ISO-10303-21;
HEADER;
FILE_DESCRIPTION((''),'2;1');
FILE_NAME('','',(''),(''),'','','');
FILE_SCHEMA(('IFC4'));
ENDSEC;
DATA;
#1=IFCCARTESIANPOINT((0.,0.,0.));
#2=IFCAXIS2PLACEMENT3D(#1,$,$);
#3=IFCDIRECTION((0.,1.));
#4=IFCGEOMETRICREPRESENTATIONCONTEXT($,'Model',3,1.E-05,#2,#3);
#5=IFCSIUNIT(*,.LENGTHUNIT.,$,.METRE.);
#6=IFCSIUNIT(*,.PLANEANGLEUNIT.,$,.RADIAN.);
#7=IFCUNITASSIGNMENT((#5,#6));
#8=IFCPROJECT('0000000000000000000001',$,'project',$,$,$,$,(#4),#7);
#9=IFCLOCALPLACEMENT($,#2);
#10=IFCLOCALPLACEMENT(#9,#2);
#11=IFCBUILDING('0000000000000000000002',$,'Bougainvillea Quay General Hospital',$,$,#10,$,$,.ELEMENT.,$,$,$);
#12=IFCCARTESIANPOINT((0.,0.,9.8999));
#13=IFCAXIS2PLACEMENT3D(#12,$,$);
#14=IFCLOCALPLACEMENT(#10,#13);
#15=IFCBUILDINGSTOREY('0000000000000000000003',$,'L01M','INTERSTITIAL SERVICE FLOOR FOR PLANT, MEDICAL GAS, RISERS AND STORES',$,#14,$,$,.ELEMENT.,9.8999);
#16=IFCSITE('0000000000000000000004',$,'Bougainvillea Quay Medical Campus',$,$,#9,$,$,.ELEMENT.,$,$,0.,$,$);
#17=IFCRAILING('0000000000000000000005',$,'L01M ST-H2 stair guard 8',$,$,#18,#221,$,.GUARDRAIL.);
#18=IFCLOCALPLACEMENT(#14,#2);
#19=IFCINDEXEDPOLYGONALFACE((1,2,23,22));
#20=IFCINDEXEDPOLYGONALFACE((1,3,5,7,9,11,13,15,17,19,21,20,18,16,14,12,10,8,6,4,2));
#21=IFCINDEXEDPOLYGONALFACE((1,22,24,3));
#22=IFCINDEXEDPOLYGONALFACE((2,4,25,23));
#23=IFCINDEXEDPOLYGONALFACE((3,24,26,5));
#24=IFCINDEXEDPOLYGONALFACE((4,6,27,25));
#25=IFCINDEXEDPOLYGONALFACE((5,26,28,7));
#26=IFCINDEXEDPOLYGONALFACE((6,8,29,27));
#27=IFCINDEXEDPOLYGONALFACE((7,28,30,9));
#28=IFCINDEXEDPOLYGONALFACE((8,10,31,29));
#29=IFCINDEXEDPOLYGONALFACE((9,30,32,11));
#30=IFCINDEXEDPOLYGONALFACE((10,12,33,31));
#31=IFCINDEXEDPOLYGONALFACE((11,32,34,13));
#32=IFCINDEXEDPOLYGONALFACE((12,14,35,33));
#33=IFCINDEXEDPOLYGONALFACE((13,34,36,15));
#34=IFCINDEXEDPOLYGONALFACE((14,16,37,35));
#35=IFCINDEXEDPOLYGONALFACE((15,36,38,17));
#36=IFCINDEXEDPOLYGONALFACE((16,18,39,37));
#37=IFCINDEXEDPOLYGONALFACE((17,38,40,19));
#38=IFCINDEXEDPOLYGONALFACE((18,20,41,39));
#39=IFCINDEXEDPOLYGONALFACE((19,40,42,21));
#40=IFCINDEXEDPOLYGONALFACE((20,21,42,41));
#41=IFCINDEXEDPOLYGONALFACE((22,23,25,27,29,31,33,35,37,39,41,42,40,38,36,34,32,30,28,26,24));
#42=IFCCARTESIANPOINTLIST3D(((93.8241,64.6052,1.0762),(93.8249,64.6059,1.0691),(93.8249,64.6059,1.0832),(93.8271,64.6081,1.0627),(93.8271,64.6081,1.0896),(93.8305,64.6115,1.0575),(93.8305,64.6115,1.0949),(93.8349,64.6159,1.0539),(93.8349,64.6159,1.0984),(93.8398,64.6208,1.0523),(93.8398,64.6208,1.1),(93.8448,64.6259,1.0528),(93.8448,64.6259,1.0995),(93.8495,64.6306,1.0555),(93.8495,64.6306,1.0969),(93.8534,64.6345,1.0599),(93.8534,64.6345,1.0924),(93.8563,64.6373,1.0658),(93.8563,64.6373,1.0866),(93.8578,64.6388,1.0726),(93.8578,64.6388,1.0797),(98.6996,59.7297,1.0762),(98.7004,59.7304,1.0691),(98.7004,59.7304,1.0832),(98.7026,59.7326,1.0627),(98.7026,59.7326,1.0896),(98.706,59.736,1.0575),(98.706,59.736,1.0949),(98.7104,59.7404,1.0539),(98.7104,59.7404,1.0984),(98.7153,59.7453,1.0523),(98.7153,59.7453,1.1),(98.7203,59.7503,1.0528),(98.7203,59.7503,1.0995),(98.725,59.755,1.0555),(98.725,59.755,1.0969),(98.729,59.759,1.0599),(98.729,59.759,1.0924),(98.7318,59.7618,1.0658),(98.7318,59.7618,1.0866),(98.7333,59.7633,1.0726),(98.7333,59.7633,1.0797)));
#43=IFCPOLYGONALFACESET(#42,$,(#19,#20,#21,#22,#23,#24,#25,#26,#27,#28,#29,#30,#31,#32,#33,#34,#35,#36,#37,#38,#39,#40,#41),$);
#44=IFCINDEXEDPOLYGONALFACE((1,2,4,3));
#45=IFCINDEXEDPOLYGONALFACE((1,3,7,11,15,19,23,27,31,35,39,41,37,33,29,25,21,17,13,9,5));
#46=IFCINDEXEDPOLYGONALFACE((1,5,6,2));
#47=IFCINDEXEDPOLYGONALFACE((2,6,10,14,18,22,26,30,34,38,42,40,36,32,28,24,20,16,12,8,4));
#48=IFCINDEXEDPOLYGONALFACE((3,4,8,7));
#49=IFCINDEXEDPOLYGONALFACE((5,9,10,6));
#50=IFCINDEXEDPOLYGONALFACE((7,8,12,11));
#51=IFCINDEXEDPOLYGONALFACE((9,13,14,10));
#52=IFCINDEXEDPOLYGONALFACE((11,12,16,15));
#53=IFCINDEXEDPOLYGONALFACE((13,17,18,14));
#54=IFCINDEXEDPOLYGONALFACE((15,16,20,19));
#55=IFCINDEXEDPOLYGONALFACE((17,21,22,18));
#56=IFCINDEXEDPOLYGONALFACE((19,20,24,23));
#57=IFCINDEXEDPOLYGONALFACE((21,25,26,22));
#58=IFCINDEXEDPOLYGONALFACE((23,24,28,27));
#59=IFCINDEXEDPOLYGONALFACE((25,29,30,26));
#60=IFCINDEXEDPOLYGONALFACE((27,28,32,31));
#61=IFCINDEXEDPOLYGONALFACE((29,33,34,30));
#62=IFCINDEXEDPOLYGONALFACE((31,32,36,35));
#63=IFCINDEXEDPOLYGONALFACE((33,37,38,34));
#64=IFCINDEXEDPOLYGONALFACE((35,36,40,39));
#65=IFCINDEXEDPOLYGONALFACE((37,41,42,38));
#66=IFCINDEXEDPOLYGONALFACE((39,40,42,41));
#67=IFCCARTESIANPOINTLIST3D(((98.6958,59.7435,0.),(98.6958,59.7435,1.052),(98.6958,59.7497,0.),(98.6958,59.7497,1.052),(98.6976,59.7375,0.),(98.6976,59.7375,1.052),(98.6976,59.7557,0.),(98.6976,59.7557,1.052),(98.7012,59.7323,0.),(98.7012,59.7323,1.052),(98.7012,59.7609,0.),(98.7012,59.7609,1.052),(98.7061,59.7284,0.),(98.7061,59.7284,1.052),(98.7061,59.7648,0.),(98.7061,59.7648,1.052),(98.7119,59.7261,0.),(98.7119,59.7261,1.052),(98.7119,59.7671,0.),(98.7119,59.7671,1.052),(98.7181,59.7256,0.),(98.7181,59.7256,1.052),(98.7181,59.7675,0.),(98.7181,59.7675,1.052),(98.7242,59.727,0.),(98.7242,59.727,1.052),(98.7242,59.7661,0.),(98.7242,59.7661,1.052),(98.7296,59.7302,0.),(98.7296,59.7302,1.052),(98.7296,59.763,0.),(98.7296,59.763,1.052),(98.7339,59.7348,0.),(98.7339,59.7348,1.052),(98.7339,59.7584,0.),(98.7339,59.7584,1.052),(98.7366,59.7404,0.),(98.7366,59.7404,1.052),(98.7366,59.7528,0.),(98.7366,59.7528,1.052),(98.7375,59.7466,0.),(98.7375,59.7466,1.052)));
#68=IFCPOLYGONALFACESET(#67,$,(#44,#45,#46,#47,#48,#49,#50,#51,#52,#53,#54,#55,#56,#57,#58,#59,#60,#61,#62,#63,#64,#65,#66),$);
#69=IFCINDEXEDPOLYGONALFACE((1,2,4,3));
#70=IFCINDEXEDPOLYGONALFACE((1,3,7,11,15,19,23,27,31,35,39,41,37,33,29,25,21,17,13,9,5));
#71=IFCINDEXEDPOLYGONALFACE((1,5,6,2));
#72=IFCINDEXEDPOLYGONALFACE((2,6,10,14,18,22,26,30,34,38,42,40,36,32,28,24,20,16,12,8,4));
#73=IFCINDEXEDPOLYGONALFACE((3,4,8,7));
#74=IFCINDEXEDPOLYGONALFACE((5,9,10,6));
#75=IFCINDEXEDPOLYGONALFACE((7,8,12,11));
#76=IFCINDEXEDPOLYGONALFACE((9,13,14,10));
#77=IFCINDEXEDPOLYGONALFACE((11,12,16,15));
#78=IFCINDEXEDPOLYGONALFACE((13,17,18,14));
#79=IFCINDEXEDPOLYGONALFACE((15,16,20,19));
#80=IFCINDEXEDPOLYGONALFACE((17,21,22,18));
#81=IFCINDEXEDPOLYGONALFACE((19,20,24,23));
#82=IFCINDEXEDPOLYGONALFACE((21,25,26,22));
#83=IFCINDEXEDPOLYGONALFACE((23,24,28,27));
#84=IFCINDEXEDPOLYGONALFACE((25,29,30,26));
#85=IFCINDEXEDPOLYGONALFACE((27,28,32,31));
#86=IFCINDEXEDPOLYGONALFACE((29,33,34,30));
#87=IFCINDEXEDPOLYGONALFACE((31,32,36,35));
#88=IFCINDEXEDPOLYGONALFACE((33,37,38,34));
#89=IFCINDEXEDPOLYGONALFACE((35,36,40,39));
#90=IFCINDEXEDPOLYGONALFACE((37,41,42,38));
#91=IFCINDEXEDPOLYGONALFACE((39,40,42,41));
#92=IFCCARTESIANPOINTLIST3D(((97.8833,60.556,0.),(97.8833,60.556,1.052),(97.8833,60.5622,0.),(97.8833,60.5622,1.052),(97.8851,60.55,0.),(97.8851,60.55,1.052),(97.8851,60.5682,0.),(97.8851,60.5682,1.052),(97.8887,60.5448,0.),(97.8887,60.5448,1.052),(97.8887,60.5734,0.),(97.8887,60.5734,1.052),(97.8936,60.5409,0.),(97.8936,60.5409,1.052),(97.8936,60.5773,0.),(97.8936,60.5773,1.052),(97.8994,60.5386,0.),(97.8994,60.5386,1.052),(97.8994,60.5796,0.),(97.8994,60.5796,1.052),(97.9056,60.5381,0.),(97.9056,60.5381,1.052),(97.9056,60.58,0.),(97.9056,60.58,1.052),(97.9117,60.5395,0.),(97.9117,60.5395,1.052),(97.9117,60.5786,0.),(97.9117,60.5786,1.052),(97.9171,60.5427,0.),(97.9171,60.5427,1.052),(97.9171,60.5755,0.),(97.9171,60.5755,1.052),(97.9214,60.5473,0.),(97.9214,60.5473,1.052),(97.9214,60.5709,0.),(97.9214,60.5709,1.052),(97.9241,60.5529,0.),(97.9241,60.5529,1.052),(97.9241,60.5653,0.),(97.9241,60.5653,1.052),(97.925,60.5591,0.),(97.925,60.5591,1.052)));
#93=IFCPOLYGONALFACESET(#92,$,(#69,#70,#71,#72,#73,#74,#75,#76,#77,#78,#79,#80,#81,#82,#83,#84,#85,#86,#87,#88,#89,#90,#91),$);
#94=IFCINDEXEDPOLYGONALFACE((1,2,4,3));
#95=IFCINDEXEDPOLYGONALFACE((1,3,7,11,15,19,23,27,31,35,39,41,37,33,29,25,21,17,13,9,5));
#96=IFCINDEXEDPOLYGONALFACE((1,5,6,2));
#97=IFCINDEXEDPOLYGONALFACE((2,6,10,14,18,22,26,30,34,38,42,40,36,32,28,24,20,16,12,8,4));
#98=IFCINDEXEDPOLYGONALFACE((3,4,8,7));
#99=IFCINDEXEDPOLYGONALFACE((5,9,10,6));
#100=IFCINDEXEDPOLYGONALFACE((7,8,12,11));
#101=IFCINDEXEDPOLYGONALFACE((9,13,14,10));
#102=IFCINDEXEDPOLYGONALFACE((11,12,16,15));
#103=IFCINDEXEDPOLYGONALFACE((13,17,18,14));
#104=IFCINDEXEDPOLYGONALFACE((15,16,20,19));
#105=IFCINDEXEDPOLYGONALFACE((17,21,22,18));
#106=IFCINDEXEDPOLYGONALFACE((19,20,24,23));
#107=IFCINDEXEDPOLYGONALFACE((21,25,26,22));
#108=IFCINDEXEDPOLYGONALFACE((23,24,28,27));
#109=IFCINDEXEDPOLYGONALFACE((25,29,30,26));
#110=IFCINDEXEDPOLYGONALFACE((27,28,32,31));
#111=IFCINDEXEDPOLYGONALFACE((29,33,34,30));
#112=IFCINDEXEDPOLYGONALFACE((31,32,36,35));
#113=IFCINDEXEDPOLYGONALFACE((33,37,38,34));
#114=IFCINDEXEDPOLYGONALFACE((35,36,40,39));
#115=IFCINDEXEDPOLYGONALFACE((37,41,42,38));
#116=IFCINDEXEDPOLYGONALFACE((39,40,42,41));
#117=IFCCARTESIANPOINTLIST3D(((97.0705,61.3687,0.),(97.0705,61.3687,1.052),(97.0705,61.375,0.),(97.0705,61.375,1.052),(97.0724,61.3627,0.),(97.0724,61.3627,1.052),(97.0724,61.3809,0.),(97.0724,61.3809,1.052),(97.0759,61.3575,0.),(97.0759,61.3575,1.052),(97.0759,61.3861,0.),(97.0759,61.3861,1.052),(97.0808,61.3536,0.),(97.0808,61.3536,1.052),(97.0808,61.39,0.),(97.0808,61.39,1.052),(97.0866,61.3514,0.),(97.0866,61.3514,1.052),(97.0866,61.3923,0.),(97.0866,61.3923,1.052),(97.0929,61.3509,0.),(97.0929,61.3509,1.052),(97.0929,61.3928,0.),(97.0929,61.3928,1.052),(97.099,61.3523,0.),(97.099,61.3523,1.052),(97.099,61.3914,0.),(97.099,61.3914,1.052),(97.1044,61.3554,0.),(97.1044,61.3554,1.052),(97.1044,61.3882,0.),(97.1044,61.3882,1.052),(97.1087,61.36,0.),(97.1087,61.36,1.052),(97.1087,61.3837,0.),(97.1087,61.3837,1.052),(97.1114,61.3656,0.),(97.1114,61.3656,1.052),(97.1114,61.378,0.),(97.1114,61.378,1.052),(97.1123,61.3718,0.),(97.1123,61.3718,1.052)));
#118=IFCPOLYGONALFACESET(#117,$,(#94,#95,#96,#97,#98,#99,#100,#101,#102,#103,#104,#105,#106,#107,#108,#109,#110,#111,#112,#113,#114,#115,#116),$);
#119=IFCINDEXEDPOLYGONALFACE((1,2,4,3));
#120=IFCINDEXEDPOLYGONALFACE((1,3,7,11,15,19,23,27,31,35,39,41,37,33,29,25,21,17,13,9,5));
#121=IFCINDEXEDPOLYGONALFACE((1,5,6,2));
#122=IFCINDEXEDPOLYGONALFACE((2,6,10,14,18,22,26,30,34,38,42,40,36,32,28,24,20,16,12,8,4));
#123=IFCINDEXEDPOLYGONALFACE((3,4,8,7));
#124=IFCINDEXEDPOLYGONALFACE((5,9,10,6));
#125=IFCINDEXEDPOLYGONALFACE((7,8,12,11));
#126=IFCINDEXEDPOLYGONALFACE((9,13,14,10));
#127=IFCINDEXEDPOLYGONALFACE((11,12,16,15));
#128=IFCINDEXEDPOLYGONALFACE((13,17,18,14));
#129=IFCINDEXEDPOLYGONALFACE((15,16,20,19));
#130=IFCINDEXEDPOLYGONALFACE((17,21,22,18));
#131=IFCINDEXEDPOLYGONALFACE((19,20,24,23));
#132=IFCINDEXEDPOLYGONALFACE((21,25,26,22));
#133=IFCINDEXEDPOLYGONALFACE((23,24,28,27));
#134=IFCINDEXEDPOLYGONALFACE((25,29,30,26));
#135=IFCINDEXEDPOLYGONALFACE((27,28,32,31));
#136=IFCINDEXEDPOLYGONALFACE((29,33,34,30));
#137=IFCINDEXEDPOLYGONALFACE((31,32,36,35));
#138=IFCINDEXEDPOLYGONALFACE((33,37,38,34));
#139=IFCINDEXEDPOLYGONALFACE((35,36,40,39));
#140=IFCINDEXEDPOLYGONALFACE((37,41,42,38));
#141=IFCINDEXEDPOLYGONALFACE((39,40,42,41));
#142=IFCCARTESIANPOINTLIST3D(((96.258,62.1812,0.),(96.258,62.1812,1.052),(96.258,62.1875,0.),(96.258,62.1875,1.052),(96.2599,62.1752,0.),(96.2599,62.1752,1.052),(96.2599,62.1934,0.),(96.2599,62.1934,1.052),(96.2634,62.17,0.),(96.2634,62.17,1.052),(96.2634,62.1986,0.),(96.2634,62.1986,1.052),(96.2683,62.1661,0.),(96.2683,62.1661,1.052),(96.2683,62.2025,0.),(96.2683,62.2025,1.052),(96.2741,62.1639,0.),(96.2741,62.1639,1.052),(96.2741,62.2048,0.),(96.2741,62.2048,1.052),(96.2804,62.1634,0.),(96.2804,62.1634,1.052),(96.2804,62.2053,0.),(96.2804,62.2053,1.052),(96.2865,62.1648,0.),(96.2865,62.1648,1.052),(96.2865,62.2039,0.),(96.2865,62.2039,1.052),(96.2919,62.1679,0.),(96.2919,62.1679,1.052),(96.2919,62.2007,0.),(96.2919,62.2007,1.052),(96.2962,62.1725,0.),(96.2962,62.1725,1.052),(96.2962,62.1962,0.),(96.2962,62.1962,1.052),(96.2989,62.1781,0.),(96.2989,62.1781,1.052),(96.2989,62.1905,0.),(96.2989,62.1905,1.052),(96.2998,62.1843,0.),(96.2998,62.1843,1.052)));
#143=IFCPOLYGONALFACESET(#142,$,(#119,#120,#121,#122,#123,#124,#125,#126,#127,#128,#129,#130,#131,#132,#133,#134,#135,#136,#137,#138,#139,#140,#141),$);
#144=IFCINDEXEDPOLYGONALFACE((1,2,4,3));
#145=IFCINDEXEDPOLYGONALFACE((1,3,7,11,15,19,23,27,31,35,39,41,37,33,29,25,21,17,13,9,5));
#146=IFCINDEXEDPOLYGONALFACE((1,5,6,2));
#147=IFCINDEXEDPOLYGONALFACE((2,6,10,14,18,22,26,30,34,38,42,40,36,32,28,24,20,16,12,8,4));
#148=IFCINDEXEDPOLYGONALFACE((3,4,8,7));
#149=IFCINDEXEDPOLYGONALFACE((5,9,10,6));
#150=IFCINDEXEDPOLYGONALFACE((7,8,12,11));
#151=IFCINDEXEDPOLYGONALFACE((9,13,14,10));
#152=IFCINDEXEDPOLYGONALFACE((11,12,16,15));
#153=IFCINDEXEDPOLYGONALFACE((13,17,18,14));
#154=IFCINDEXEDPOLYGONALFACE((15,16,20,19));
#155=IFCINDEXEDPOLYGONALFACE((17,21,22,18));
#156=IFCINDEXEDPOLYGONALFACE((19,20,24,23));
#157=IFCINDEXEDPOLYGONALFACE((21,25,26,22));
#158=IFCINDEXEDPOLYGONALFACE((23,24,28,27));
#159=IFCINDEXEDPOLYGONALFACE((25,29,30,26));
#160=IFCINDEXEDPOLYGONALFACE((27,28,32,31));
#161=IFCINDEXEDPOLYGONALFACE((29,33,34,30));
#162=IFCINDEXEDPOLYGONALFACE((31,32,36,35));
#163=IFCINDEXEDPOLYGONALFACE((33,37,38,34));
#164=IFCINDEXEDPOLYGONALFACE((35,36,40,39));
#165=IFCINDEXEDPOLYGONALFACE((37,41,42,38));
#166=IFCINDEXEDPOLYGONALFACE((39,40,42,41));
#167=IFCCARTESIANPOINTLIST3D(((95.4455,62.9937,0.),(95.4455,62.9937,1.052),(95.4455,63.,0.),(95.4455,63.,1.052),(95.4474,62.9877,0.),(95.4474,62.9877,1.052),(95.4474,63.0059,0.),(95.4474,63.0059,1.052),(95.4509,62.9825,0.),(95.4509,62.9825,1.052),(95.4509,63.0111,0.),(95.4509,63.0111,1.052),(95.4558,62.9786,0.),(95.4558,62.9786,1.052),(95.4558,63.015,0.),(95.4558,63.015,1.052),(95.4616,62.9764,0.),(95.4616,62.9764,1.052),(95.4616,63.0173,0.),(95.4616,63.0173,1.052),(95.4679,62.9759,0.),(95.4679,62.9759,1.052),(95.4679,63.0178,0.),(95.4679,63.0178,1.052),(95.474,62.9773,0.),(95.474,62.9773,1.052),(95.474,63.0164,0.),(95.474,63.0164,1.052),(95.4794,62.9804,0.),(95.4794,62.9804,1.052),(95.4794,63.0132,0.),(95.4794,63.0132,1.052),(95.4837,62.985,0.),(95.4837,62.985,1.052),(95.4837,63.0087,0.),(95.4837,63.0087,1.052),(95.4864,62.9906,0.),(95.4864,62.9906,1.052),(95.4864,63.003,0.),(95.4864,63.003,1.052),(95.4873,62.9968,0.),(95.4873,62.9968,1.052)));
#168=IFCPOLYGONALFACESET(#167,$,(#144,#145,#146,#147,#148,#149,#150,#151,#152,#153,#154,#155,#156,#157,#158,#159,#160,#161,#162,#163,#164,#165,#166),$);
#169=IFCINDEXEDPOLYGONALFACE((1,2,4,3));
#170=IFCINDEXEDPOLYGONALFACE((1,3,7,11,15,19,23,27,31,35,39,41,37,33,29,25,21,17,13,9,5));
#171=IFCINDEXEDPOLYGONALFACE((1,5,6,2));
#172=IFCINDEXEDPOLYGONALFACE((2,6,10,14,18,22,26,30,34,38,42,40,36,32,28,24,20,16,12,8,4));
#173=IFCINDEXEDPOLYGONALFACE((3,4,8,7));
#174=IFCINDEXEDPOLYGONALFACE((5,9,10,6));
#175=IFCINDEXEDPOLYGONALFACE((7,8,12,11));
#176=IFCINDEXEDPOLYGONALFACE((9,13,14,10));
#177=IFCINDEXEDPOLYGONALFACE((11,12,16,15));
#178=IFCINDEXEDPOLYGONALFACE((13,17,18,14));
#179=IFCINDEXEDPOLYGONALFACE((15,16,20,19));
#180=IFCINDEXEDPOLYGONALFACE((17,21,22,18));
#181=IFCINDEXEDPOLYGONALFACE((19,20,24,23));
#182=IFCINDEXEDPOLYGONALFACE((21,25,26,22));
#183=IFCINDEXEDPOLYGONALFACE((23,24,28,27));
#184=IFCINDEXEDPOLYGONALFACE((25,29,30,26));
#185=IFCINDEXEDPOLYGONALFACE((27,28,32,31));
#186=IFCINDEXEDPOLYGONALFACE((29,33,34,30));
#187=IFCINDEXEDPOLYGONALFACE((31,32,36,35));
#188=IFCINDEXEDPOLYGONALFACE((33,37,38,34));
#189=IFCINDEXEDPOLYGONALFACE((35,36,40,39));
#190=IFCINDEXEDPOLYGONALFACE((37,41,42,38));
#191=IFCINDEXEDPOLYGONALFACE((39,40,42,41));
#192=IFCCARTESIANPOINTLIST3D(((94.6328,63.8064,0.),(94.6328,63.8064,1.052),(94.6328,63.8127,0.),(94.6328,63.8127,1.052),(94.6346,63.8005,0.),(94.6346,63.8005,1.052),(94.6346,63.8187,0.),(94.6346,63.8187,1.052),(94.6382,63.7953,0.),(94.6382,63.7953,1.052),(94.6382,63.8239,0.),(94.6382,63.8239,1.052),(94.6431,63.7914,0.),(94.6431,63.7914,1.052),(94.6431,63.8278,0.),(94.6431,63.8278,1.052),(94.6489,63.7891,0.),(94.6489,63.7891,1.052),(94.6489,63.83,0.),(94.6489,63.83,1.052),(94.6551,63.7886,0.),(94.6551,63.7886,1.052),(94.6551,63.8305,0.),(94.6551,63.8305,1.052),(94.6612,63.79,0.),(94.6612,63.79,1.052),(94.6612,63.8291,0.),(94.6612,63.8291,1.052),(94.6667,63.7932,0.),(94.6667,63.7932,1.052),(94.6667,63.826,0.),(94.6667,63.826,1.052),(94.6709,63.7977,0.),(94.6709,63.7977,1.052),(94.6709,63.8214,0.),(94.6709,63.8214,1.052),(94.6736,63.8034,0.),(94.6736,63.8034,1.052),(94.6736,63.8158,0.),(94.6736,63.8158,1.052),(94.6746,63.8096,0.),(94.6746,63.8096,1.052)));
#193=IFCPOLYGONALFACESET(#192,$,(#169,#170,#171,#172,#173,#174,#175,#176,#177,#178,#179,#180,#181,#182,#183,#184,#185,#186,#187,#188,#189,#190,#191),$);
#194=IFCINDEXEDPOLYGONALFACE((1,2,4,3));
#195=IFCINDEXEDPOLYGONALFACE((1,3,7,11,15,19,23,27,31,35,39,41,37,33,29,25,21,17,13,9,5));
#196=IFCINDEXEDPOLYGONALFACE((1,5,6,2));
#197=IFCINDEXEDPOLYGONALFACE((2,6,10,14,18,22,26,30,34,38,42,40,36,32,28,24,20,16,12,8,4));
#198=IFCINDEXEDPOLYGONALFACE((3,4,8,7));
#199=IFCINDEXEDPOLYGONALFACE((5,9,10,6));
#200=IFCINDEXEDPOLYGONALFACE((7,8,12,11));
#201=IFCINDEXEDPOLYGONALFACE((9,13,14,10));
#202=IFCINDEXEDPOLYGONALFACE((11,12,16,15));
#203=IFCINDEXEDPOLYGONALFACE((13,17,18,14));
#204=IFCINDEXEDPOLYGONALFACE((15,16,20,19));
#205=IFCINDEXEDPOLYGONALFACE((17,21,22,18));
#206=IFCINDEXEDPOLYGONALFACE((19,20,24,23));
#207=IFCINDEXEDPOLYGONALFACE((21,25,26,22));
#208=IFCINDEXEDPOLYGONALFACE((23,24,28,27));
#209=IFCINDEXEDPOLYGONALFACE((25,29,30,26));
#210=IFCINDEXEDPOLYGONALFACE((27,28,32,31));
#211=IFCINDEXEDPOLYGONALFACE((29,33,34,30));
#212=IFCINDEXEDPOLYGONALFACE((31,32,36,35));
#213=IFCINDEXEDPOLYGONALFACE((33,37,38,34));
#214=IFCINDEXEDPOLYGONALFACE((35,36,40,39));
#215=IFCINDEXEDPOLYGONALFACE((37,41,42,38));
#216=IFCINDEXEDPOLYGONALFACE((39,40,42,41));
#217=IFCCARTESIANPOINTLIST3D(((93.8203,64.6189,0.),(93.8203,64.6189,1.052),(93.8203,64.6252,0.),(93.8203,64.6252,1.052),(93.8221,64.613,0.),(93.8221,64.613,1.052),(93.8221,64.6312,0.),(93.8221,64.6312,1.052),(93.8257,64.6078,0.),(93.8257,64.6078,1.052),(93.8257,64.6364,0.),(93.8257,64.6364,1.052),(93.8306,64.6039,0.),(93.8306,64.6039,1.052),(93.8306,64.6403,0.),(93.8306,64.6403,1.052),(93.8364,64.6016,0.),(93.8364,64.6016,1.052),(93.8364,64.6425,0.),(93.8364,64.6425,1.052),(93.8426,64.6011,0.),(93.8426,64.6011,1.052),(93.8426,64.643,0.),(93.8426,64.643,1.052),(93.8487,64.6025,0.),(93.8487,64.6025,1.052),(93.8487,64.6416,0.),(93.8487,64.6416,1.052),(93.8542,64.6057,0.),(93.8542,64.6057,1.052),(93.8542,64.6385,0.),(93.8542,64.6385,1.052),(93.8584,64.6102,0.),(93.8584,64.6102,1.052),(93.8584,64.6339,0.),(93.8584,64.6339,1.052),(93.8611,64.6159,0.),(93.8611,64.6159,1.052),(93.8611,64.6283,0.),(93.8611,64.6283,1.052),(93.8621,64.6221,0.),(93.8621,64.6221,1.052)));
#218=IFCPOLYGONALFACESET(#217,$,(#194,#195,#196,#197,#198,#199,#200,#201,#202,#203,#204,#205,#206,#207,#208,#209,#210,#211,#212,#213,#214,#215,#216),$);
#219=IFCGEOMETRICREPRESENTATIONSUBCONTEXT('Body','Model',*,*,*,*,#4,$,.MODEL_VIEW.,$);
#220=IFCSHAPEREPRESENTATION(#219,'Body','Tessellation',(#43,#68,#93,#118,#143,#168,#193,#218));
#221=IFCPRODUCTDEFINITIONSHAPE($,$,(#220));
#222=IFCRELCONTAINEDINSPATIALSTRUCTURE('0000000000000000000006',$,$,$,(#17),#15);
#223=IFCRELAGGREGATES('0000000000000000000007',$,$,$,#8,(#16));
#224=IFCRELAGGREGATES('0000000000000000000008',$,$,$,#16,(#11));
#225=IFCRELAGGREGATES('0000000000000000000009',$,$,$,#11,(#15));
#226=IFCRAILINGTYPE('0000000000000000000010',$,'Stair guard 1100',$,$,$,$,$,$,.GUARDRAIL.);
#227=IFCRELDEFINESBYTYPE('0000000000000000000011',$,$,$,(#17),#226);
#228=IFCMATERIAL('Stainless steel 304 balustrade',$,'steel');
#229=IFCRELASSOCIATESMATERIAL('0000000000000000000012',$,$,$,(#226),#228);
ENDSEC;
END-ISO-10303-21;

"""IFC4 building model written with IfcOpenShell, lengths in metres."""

from ifc_helpers import new_model, si_unit, direction, frame, origin, origin_2d, place, context, subcontext, project, spatial, circle, extrude, material, type_object, element, save


model = new_model("IFC4")

# Units and contexts
model_context = context("Model", 3, precision=1e-05, world=origin(), true_north=direction((0.0, 1.0)))
body_context = subcontext(model_context, "Body", "Model", "MODEL_VIEW")
ifc_project = project(units=[si_unit("LENGTHUNIT", "METRE"), si_unit("PLANEANGLEUNIT", "RADIAN")], contexts=[model_context])

# Site, building, storey
site_placement = place(None, origin())
site = spatial("IfcSite", under=ifc_project, at=site_placement, Name="Bougainvillea Quay Medical Campus", CompositionType="ELEMENT", RefElevation=0.0)
building_placement = place(site_placement, origin())
building = spatial("IfcBuilding", under=site, at=building_placement, Name="Bougainvillea Quay General Hospital", CompositionType="ELEMENT")
storey_placement = place(building_placement, frame((0.0, 0.0, 9.8999)))
storey = spatial("IfcBuildingStorey", under=building, at=storey_placement, Name="L01M", Description="INTERSTITIAL SERVICE FLOOR FOR PLANT, MEDICAL GAS, RISERS AND STORES", CompositionType="ELEMENT", Elevation=9.8999)

# Railing
ifc_material_1 = material(Name="Stainless steel 304 balustrade", Category="steel")
railing_type_1 = type_object("IfcRailingType", Name="Stair guard 1100", PredefinedType="GUARDRAIL", material=ifc_material_1)
railing_1_placement = place(storey_placement, frame((98.7166, 59.7466, 0.0)))
element("IfcRailing", 1, at=railing_1_placement, inside=storey, type_object=railing_type_1, Name="L01M ST-H2 stair guard 8", PredefinedType="GUARDRAIL", context=body_context, shape_type="SweptSolid", body=[
    extrude(circle(Radius=0.0239, at=origin_2d()), frame((0.0, 0.0, 1.0762), z_axis=(-0.707107, 0.707107, 0.0), x_axis=(-0.707107, -0.707107, 0.0)), (0.0, 0.0, 1.0), 6.895),
    extrude(circle(Radius=0.021, at=origin_2d()), origin(), (0.0, 0.0, 1.0), 1.052),
    extrude(circle(Radius=0.021, at=origin_2d()), frame((-0.8125, 0.8125, 0.0)), (0.0, 0.0, 1.0), 1.052),
    extrude(circle(Radius=0.021, at=origin_2d()), frame((-1.6252, 1.6252, 0.0)), (0.0, 0.0, 1.0), 1.052),
    extrude(circle(Radius=0.021, at=origin_2d()), frame((-2.4377, 2.4377, 0.0)), (0.0, 0.0, 1.0), 1.052),
    extrude(circle(Radius=0.021, at=origin_2d()), frame((-3.2502, 3.2502, 0.0)), (0.0, 0.0, 1.0), 1.052),
    extrude(circle(Radius=0.021, at=origin_2d()), frame((-4.063, 4.063, 0.0)), (0.0, 0.0, 1.0), 1.052),
    extrude(circle(Radius=0.021, at=origin_2d()), frame((-4.8755, 4.8755, 0.0)), (0.0, 0.0, 1.0), 1.052),
])

save(model, "model.ifc")
